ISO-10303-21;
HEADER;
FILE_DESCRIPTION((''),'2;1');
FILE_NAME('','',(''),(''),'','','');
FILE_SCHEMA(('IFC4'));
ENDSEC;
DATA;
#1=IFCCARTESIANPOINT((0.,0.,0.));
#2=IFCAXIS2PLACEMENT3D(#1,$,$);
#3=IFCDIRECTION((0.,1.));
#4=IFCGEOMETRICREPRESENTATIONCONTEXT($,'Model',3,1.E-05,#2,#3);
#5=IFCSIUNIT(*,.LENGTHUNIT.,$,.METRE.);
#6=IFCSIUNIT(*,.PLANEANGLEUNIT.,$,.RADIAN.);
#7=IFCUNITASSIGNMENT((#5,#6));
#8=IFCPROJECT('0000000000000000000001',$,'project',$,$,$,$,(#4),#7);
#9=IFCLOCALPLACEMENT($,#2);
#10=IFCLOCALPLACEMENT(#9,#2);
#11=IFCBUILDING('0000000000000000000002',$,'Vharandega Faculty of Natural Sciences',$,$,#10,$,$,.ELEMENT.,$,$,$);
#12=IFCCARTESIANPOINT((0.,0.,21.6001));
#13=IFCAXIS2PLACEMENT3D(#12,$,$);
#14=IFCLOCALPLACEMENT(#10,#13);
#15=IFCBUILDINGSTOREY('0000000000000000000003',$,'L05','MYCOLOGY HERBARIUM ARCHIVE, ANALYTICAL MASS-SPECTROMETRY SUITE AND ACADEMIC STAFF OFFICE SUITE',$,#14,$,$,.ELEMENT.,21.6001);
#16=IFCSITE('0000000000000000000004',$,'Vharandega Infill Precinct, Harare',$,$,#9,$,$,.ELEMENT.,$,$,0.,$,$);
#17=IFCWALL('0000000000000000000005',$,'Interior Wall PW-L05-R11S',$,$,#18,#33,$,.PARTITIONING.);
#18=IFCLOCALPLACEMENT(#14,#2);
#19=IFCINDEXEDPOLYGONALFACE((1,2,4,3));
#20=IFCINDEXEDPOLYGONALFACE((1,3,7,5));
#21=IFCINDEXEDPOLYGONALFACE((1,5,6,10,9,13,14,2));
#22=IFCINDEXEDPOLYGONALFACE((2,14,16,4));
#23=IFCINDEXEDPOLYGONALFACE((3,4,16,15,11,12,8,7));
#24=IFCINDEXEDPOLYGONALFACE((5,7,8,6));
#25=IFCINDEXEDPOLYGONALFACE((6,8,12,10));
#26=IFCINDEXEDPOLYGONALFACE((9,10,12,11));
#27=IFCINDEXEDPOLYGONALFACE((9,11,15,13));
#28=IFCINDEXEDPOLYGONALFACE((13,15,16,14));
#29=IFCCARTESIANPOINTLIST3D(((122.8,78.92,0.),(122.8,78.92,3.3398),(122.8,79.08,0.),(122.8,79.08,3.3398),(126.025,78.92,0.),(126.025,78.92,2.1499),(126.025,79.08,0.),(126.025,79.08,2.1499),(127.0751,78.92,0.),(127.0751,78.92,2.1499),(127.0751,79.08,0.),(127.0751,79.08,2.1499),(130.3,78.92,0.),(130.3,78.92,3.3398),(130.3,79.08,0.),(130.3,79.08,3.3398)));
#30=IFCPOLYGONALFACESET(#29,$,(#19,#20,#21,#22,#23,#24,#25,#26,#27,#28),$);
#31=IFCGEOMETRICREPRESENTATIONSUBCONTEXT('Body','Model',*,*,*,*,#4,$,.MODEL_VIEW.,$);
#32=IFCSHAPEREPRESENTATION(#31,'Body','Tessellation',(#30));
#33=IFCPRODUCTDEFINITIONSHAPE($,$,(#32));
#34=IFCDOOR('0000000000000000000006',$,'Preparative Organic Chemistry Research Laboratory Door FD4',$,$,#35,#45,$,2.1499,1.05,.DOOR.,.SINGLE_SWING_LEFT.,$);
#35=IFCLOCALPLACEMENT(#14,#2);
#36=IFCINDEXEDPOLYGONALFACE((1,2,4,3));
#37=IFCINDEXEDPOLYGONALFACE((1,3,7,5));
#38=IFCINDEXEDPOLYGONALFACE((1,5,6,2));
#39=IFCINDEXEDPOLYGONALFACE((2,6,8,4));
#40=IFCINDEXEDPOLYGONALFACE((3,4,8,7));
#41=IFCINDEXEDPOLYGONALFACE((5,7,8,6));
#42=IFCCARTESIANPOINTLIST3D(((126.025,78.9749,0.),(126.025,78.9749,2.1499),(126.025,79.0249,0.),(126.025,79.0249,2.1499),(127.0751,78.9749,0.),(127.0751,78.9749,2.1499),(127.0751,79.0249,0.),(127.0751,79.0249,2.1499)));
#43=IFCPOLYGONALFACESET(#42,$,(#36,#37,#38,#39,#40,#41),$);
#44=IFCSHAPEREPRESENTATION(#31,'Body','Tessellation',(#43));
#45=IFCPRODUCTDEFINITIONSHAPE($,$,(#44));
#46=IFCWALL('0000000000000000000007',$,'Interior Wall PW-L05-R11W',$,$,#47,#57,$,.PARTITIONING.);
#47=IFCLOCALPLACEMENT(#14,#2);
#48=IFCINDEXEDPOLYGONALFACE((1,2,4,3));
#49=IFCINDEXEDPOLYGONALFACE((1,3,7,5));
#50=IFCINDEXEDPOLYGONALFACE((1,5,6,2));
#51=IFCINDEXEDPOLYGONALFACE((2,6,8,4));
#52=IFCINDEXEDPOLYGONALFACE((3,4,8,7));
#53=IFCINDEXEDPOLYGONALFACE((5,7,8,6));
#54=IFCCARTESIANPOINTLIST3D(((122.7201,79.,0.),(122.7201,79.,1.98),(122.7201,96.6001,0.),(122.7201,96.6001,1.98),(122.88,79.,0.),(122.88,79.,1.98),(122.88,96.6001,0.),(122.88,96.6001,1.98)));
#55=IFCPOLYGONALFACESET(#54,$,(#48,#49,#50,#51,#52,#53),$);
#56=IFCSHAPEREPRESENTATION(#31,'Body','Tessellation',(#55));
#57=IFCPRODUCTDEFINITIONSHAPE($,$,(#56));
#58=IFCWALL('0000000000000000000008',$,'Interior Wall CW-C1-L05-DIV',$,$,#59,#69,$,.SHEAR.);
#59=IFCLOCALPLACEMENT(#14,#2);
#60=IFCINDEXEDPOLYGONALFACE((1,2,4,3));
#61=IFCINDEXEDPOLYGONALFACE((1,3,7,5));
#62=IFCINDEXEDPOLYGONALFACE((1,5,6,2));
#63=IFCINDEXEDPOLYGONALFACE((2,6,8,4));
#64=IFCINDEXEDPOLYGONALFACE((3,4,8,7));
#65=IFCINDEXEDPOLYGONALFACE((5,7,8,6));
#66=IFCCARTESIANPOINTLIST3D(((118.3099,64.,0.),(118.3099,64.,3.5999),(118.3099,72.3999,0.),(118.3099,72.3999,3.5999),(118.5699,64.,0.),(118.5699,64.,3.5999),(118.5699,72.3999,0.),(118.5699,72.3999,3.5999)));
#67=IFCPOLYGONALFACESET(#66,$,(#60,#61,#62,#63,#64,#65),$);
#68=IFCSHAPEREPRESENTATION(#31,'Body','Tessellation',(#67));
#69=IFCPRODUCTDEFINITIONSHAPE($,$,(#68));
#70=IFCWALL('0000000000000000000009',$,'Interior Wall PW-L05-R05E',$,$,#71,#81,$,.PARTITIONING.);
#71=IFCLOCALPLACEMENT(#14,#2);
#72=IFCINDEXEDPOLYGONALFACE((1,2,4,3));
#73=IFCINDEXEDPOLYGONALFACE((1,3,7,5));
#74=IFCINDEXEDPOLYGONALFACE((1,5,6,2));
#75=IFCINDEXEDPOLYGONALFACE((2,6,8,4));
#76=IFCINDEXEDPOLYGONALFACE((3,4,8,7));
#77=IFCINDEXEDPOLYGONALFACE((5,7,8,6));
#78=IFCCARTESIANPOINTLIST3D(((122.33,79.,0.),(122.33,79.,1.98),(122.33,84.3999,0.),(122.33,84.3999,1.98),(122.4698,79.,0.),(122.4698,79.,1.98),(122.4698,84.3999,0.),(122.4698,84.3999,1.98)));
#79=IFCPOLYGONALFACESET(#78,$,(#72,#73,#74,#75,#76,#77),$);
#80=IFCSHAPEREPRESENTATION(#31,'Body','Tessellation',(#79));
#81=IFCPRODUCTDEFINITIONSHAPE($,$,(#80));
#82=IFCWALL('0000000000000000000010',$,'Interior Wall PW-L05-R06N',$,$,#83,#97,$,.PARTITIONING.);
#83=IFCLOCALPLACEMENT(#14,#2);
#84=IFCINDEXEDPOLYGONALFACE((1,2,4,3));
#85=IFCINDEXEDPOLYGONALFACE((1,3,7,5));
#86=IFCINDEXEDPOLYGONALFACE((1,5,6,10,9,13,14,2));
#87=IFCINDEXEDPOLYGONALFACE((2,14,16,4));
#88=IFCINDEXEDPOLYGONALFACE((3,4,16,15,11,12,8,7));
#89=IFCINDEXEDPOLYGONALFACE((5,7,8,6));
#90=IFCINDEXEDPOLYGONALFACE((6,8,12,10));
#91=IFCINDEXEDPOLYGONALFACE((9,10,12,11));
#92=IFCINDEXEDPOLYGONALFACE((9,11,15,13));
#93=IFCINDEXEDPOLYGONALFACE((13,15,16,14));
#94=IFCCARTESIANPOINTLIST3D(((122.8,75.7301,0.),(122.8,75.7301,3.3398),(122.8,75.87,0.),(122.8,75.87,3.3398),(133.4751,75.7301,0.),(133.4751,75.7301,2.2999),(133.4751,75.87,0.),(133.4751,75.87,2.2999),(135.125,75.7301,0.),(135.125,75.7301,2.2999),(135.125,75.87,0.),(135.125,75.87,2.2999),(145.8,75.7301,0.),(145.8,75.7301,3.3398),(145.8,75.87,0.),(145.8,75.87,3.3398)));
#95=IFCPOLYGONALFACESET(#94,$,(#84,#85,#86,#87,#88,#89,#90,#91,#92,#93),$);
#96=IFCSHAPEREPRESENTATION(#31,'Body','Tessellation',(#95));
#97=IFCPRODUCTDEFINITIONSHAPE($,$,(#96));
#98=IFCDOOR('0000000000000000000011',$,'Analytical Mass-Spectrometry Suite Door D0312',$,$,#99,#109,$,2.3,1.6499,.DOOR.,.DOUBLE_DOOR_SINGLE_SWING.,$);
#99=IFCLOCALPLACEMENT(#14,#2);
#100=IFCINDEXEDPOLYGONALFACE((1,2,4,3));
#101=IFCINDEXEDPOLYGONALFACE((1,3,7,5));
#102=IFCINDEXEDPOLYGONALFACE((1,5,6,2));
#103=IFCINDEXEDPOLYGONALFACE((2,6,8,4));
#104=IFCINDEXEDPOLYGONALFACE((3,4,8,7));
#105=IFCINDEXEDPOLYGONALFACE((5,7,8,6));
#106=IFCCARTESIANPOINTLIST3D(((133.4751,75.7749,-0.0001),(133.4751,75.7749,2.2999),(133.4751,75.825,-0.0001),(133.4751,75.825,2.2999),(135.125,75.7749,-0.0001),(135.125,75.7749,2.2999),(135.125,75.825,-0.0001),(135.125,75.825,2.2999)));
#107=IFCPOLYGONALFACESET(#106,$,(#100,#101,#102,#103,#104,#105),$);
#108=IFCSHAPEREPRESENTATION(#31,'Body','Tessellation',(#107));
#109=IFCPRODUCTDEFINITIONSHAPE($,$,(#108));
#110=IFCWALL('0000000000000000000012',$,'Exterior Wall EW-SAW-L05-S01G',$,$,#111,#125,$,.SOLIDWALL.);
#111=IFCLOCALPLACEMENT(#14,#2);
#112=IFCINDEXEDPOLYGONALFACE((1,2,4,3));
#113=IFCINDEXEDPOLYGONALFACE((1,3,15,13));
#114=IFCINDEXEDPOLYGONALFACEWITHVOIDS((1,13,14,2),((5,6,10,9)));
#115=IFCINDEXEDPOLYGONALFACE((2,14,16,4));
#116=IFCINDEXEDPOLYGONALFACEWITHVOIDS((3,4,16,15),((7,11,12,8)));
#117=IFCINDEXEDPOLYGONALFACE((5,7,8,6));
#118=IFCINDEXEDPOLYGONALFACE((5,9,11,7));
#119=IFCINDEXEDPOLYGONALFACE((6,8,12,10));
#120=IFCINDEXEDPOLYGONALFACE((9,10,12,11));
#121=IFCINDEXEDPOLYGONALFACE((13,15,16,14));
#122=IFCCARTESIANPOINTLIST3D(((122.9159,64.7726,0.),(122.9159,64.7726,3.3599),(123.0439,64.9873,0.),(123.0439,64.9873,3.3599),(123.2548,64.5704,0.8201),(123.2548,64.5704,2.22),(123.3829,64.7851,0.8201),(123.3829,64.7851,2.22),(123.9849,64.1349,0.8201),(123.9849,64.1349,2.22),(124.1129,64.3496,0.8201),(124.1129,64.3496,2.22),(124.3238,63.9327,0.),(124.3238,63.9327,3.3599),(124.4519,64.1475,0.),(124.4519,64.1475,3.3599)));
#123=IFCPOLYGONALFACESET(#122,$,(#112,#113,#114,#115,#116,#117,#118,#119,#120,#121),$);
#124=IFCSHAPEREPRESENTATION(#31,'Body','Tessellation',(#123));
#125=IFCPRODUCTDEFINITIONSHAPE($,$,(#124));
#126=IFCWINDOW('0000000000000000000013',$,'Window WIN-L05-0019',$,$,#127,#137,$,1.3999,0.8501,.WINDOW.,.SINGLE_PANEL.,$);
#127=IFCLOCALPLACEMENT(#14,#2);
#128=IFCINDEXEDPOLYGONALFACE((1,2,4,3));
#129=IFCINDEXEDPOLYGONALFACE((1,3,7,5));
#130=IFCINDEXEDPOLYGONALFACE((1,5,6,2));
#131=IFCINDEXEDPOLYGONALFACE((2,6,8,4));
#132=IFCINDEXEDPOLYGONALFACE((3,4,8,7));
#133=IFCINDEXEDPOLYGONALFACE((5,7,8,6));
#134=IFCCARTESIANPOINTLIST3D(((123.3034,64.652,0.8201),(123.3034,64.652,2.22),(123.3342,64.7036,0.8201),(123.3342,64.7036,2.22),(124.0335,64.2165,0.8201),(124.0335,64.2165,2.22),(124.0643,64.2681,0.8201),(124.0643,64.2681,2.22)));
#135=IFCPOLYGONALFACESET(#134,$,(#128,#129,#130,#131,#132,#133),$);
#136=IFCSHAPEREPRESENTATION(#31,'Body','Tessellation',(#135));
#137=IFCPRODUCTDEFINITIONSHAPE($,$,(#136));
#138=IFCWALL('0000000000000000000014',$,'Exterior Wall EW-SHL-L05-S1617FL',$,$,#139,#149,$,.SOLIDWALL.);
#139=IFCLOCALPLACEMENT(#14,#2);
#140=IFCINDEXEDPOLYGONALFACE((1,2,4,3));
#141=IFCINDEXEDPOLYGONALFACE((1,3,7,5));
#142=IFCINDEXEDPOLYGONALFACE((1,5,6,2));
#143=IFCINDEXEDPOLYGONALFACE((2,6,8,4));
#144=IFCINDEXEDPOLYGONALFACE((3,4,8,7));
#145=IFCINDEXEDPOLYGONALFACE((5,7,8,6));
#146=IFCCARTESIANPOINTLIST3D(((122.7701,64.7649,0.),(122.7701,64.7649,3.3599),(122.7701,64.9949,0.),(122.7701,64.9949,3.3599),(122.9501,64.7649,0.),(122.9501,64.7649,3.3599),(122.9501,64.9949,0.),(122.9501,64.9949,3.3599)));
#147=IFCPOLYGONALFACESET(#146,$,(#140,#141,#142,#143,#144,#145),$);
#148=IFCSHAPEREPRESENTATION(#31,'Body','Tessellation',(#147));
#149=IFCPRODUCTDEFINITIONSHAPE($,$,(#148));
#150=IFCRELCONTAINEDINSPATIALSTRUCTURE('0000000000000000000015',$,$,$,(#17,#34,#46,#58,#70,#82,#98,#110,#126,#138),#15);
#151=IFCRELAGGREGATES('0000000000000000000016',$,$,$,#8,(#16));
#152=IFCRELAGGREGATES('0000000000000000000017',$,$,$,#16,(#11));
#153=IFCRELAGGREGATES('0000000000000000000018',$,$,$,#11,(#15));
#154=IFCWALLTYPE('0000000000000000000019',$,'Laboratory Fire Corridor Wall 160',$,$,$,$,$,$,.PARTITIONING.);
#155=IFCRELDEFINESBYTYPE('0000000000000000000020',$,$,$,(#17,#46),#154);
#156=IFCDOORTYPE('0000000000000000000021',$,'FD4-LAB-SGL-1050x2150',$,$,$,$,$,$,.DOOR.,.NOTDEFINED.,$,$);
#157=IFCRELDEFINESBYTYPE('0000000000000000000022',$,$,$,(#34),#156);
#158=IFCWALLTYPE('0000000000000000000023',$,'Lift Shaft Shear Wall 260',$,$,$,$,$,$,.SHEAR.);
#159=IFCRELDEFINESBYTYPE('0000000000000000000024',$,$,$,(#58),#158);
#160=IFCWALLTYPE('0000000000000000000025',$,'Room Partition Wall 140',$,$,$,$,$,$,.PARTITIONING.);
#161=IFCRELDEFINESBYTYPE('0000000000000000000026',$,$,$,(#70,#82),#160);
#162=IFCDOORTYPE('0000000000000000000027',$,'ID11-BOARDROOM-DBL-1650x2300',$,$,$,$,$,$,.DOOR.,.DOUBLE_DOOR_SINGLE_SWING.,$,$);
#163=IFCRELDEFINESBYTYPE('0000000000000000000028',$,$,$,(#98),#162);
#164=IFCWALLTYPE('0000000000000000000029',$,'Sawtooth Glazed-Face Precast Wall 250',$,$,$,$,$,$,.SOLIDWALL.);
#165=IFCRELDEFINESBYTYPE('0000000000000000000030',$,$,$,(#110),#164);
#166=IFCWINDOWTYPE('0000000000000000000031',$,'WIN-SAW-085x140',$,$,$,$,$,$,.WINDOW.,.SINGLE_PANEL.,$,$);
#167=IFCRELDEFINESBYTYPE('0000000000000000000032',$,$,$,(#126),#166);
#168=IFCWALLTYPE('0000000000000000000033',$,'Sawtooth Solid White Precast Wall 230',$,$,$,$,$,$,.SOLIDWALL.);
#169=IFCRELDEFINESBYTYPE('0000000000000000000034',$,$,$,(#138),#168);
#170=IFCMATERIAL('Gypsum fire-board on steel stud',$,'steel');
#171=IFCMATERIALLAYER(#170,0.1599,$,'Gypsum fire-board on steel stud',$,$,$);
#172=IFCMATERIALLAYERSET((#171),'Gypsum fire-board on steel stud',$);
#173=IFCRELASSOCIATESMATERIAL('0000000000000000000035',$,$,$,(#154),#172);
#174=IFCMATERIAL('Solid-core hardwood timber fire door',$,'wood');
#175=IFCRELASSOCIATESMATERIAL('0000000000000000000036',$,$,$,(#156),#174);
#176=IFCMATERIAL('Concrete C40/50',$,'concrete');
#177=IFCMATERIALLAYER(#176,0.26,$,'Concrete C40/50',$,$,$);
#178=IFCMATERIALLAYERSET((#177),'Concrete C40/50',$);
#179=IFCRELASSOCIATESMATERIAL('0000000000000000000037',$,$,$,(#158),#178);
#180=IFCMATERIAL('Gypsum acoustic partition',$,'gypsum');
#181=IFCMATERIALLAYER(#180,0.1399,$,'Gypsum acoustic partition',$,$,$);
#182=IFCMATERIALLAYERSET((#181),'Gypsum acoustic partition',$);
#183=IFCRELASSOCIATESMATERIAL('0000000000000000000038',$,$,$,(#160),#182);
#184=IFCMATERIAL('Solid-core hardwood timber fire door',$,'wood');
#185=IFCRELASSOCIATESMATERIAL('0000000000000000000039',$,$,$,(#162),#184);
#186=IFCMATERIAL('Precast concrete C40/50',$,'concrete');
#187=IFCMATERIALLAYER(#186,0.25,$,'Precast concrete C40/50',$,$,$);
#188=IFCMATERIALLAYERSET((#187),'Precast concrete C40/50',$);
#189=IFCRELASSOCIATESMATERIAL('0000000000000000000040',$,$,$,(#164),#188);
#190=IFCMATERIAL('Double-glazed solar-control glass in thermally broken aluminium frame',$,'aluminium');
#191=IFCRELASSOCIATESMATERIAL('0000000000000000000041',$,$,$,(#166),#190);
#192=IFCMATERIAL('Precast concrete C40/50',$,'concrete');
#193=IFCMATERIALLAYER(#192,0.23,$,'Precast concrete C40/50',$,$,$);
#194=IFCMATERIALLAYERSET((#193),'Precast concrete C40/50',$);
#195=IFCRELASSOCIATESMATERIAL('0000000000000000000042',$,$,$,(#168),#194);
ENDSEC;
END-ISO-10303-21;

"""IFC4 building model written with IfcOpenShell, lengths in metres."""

from ifc_helpers import new_model, si_unit, direction, frame, frame_2d, origin, place, context, subcontext, project, spatial, rectangle, extrude, material, layer, layer_set, type_object, element, fill, save


model = new_model("IFC4")

# Units and contexts
model_context = context("Model", 3, precision=1e-05, world=origin(), true_north=direction((0.0, 1.0)))
body_context = subcontext(model_context, "Body", "Model", "MODEL_VIEW")
ifc_project = project(units=[si_unit("LENGTHUNIT", "METRE"), si_unit("PLANEANGLEUNIT", "RADIAN")], contexts=[model_context])

# Site, building, storey
site_placement = place(None, origin())
site = spatial("IfcSite", under=ifc_project, at=site_placement, Name="Vharandega Infill Precinct, Harare", CompositionType="ELEMENT", RefElevation=0.0)
building_placement = place(site_placement, origin())
building = spatial("IfcBuilding", under=site, at=building_placement, Name="Vharandega Faculty of Natural Sciences", CompositionType="ELEMENT")
storey_placement = place(building_placement, frame((0.0, 0.0, 21.6001)))
storey = spatial("IfcBuildingStorey", under=building, at=storey_placement, Name="L05", Description="MYCOLOGY HERBARIUM ARCHIVE, ANALYTICAL MASS-SPECTROMETRY SUITE AND ACADEMIC STAFF OFFICE SUITE", CompositionType="ELEMENT", Elevation=21.6001)

# Wall, opening, door
ifc_material_1 = material(Name="Gypsum fire-board on steel stud", Category="steel")
ifc_layer_1 = layer(ifc_material_1, 0.1599, Name="Gypsum fire-board on steel stud")
ifc_layer_set_1 = layer_set([ifc_layer_1], Name="Gypsum fire-board on steel stud")
wall_type_1 = type_object("IfcWallType", Name="Laboratory Fire Corridor Wall 160", PredefinedType="PARTITIONING", material=ifc_layer_set_1)
wall_1_placement = place(storey_placement, frame((122.8, 79.0, 0.0), z_axis=(0.0, 0.0, 1.0), x_axis=(1.0, 0.0, 0.0)))
wall_1 = element("IfcWall", 1, at=wall_1_placement, inside=storey, type_object=wall_type_1, Name="Interior Wall PW-L05-R11S", PredefinedType="PARTITIONING", context=body_context, shape_type="SweptSolid", body=[
    extrude(rectangle(XDim=7.5, YDim=0.1599, at=frame_2d((3.75, 0.0))), origin(), (0.0, 0.0, 1.0), 3.3398),
])
opening_1_placement = place(wall_1_placement, frame((3.2251, 0.0, 0.0)))
opening_1 = element("IfcOpeningElement", 2, at=opening_1_placement, cuts=wall_1, PredefinedType="OPENING", context=body_context, shape_type="SweptSolid", body=[
    extrude(rectangle(XDim=1.05, YDim=2.1499, at=frame_2d((0.5249, 1.075))), frame((0.0, 0.0898, 0.0), z_axis=(0.0, -1.0, 0.0), x_axis=(1.0, 0.0, 0.0)), (0.0, 0.0, 1.0), 0.1799),
])
ifc_material_2 = material(Name="Solid-core hardwood timber fire door", Category="wood")
door_type_1 = type_object("IfcDoorType", Name="FD4-LAB-SGL-1050x2150", OperationType="NOTDEFINED", PredefinedType="DOOR", material=ifc_material_2)
door_1_placement = place(opening_1_placement, origin())
door_1 = element("IfcDoor", 3, at=door_1_placement, inside=storey, type_object=door_type_1, Name="Preparative Organic Chemistry Research Laboratory Door FD4", OperationType="SINGLE_SWING_LEFT", OverallHeight=2.1499, OverallWidth=1.05, PredefinedType="DOOR", context=body_context, shape_type="SweptSolid", body=[
    extrude(rectangle(XDim=1.05, YDim=2.1499, at=frame_2d((0.5249, 1.075))), frame((0.0, 0.0249, 0.0), z_axis=(0.0, -1.0, 0.0), x_axis=(1.0, 0.0, 0.0)), (0.0, 0.0, 1.0), 0.05),
])
fill(opening_1, door_1)

# Walls
wall_2_placement = place(storey_placement, frame((122.8, 79.0, 0.0), z_axis=(0.0, 0.0, 1.0), x_axis=(0.0, 1.0, 0.0)))
element("IfcWall", 4, at=wall_2_placement, inside=storey, type_object=wall_type_1, Name="Interior Wall PW-L05-R11W", PredefinedType="PARTITIONING", context=body_context, shape_type="SweptSolid", body=[
    extrude(rectangle(XDim=17.6001, YDim=0.1599, at=frame_2d((8.8, 0.0))), origin(), (0.0, 0.0, 1.0), 1.98),
])
ifc_material_3 = material(Name="Concrete C40/50", Category="concrete")
ifc_layer_2 = layer(ifc_material_3, 0.26, Name="Concrete C40/50")
ifc_layer_set_2 = layer_set([ifc_layer_2], Name="Concrete C40/50")
wall_type_2 = type_object("IfcWallType", Name="Lift Shaft Shear Wall 260", PredefinedType="SHEAR", material=ifc_layer_set_2)
wall_3_placement = place(storey_placement, frame((118.4399, 64.0, 0.0), z_axis=(0.0, 0.0, 1.0), x_axis=(0.0, 1.0, 0.0)))
element("IfcWall", 5, at=wall_3_placement, inside=storey, type_object=wall_type_2, Name="Interior Wall CW-C1-L05-DIV", PredefinedType="SHEAR", context=body_context, shape_type="SweptSolid", body=[
    extrude(rectangle(XDim=8.3999, YDim=0.26, at=frame_2d((4.2, 0.0))), origin(), (0.0, 0.0, 1.0), 3.5999),
])
ifc_material_4 = material(Name="Gypsum acoustic partition", Category="gypsum")
ifc_layer_3 = layer(ifc_material_4, 0.1399, Name="Gypsum acoustic partition")
ifc_layer_set_3 = layer_set([ifc_layer_3], Name="Gypsum acoustic partition")
wall_type_3 = type_object("IfcWallType", Name="Room Partition Wall 140", PredefinedType="PARTITIONING", material=ifc_layer_set_3)
wall_4_placement = place(storey_placement, frame((122.3999, 79.0, 0.0), z_axis=(0.0, 0.0, 1.0), x_axis=(0.0, 1.0, 0.0)))
element("IfcWall", 6, at=wall_4_placement, inside=storey, type_object=wall_type_3, Name="Interior Wall PW-L05-R05E", PredefinedType="PARTITIONING", context=body_context, shape_type="SweptSolid", body=[
    extrude(rectangle(XDim=5.3999, YDim=0.1399, at=frame_2d((2.7, 0.0))), origin(), (0.0, 0.0, 1.0), 1.98),
])

# Wall, opening, door
wall_5_placement = place(storey_placement, frame((122.8, 75.8, 0.0), z_axis=(0.0, 0.0, 1.0), x_axis=(1.0, 0.0, 0.0)))
wall_5 = element("IfcWall", 7, at=wall_5_placement, inside=storey, type_object=wall_type_3, Name="Interior Wall PW-L05-R06N", PredefinedType="PARTITIONING", context=body_context, shape_type="SweptSolid", body=[
    extrude(rectangle(XDim=23.0, YDim=0.1399, at=frame_2d((11.5, 0.0))), origin(), (0.0, 0.0, 1.0), 3.3398),
])
opening_2_placement = place(wall_5_placement, frame((10.675, 0.0, 0.0)))
opening_2 = element("IfcOpeningElement", 8, at=opening_2_placement, cuts=wall_5, PredefinedType="OPENING", context=body_context, shape_type="SweptSolid", body=[
    extrude(rectangle(XDim=1.6499, YDim=2.3, at=frame_2d((0.825, 1.1499))), frame((0.0, 0.0801, 0.0), z_axis=(0.0, -1.0, 0.0), x_axis=(1.0, 0.0, 0.0)), (0.0, 0.0, 1.0), 0.1599),
])
ifc_material_5 = material(Name="Solid-core hardwood timber fire door", Category="wood")
door_type_2 = type_object("IfcDoorType", Name="ID11-BOARDROOM-DBL-1650x2300", OperationType="DOUBLE_DOOR_SINGLE_SWING", PredefinedType="DOOR", material=ifc_material_5)
door_2_placement = place(opening_2_placement, origin())
door_2 = element("IfcDoor", 9, at=door_2_placement, inside=storey, type_object=door_type_2, Name="Analytical Mass-Spectrometry Suite Door D0312", OperationType="DOUBLE_DOOR_SINGLE_SWING", OverallHeight=2.3, OverallWidth=1.6499, PredefinedType="DOOR", context=body_context, shape_type="SweptSolid", body=[
    extrude(rectangle(XDim=1.6499, YDim=2.3, at=frame_2d((0.825, 1.1499))), frame((0.0, 0.0249, 0.0), z_axis=(0.0, -1.0, 0.0), x_axis=(1.0, 0.0, 0.0)), (0.0, 0.0, 1.0), 0.05),
])
fill(opening_2, door_2)

# Wall, opening, window
ifc_material_6 = material(Name="Precast concrete C40/50", Category="concrete")
ifc_layer_4 = layer(ifc_material_6, 0.25, Name="Precast concrete C40/50")
ifc_layer_set_4 = layer_set([ifc_layer_4], Name="Precast concrete C40/50")
wall_type_4 = type_object("IfcWallType", Name="Sawtooth Glazed-Face Precast Wall 250", PredefinedType="SOLIDWALL", material=ifc_layer_set_4)
wall_6_placement = place(storey_placement, frame((124.3879, 64.04, 0.0), z_axis=(0.0, 0.0, 1.0), x_axis=(-0.858817, 0.512282, 0.0)))
wall_6 = element("IfcWall", 10, at=wall_6_placement, inside=storey, type_object=wall_type_4, Name="Exterior Wall EW-SAW-L05-S01G", PredefinedType="SOLIDWALL", context=body_context, shape_type="SweptSolid", body=[
    extrude(rectangle(XDim=1.6394, YDim=0.25, at=frame_2d((0.8198, 0.0))), origin(), (0.0, 0.0, 1.0), 3.3599),
])
opening_3_placement = place(wall_6_placement, frame((0.3948, 0.0, 0.8201)))
opening_3 = element("IfcOpeningElement", 11, at=opening_3_placement, cuts=wall_6, PredefinedType="OPENING", context=body_context, shape_type="SweptSolid", body=[
    extrude(rectangle(XDim=0.8501, YDim=1.3999, at=frame_2d((0.425, 0.7))), frame((0.0, 0.135, 0.0), z_axis=(0.0, -1.0, 0.0), x_axis=(1.0, 0.0, 0.0)), (0.0, 0.0, 1.0), 0.27),
])
ifc_material_7 = material(Name="Double-glazed solar-control glass in thermally broken aluminium frame", Category="aluminium")
window_type = type_object("IfcWindowType", Name="WIN-SAW-085x140", PartitioningType="SINGLE_PANEL", PredefinedType="WINDOW", material=ifc_material_7)
window_placement = place(opening_3_placement, origin())
window = element("IfcWindow", 12, at=window_placement, inside=storey, type_object=window_type, Name="Window WIN-L05-0019", OverallHeight=1.3999, OverallWidth=0.8501, PartitioningType="SINGLE_PANEL", PredefinedType="WINDOW", context=body_context, shape_type="SweptSolid", body=[
    extrude(rectangle(XDim=0.8501, YDim=1.3999, at=frame_2d((0.425, 0.7))), frame((0.0, 0.03, 0.0), z_axis=(0.0, -1.0, 0.0), x_axis=(1.0, 0.0, 0.0)), (0.0, 0.0, 1.0), 0.0601),
])
fill(opening_3, window)

# Wall
ifc_material_8 = material(Name="Precast concrete C40/50", Category="concrete")
ifc_layer_5 = layer(ifc_material_8, 0.23, Name="Precast concrete C40/50")
ifc_layer_set_5 = layer_set([ifc_layer_5], Name="Precast concrete C40/50")
wall_type_5 = type_object("IfcWallType", Name="Sawtooth Solid White Precast Wall 230", PredefinedType="SOLIDWALL", material=ifc_layer_set_5)
wall_7_placement = place(storey_placement, frame((122.95, 64.8799, 0.0), z_axis=(0.0, 0.0, 1.0), x_axis=(-1.0, 0.0, 0.0)))
element("IfcWall", 13, at=wall_7_placement, inside=storey, type_object=wall_type_5, Name="Exterior Wall EW-SHL-L05-S1617FL", PredefinedType="SOLIDWALL", context=body_context, shape_type="SweptSolid", body=[
    extrude(rectangle(XDim=0.1799, YDim=0.23, at=frame_2d((0.0898, 0.0))), origin(), (0.0, 0.0, 1.0), 3.3599),
])

save(model, "model.ifc")
